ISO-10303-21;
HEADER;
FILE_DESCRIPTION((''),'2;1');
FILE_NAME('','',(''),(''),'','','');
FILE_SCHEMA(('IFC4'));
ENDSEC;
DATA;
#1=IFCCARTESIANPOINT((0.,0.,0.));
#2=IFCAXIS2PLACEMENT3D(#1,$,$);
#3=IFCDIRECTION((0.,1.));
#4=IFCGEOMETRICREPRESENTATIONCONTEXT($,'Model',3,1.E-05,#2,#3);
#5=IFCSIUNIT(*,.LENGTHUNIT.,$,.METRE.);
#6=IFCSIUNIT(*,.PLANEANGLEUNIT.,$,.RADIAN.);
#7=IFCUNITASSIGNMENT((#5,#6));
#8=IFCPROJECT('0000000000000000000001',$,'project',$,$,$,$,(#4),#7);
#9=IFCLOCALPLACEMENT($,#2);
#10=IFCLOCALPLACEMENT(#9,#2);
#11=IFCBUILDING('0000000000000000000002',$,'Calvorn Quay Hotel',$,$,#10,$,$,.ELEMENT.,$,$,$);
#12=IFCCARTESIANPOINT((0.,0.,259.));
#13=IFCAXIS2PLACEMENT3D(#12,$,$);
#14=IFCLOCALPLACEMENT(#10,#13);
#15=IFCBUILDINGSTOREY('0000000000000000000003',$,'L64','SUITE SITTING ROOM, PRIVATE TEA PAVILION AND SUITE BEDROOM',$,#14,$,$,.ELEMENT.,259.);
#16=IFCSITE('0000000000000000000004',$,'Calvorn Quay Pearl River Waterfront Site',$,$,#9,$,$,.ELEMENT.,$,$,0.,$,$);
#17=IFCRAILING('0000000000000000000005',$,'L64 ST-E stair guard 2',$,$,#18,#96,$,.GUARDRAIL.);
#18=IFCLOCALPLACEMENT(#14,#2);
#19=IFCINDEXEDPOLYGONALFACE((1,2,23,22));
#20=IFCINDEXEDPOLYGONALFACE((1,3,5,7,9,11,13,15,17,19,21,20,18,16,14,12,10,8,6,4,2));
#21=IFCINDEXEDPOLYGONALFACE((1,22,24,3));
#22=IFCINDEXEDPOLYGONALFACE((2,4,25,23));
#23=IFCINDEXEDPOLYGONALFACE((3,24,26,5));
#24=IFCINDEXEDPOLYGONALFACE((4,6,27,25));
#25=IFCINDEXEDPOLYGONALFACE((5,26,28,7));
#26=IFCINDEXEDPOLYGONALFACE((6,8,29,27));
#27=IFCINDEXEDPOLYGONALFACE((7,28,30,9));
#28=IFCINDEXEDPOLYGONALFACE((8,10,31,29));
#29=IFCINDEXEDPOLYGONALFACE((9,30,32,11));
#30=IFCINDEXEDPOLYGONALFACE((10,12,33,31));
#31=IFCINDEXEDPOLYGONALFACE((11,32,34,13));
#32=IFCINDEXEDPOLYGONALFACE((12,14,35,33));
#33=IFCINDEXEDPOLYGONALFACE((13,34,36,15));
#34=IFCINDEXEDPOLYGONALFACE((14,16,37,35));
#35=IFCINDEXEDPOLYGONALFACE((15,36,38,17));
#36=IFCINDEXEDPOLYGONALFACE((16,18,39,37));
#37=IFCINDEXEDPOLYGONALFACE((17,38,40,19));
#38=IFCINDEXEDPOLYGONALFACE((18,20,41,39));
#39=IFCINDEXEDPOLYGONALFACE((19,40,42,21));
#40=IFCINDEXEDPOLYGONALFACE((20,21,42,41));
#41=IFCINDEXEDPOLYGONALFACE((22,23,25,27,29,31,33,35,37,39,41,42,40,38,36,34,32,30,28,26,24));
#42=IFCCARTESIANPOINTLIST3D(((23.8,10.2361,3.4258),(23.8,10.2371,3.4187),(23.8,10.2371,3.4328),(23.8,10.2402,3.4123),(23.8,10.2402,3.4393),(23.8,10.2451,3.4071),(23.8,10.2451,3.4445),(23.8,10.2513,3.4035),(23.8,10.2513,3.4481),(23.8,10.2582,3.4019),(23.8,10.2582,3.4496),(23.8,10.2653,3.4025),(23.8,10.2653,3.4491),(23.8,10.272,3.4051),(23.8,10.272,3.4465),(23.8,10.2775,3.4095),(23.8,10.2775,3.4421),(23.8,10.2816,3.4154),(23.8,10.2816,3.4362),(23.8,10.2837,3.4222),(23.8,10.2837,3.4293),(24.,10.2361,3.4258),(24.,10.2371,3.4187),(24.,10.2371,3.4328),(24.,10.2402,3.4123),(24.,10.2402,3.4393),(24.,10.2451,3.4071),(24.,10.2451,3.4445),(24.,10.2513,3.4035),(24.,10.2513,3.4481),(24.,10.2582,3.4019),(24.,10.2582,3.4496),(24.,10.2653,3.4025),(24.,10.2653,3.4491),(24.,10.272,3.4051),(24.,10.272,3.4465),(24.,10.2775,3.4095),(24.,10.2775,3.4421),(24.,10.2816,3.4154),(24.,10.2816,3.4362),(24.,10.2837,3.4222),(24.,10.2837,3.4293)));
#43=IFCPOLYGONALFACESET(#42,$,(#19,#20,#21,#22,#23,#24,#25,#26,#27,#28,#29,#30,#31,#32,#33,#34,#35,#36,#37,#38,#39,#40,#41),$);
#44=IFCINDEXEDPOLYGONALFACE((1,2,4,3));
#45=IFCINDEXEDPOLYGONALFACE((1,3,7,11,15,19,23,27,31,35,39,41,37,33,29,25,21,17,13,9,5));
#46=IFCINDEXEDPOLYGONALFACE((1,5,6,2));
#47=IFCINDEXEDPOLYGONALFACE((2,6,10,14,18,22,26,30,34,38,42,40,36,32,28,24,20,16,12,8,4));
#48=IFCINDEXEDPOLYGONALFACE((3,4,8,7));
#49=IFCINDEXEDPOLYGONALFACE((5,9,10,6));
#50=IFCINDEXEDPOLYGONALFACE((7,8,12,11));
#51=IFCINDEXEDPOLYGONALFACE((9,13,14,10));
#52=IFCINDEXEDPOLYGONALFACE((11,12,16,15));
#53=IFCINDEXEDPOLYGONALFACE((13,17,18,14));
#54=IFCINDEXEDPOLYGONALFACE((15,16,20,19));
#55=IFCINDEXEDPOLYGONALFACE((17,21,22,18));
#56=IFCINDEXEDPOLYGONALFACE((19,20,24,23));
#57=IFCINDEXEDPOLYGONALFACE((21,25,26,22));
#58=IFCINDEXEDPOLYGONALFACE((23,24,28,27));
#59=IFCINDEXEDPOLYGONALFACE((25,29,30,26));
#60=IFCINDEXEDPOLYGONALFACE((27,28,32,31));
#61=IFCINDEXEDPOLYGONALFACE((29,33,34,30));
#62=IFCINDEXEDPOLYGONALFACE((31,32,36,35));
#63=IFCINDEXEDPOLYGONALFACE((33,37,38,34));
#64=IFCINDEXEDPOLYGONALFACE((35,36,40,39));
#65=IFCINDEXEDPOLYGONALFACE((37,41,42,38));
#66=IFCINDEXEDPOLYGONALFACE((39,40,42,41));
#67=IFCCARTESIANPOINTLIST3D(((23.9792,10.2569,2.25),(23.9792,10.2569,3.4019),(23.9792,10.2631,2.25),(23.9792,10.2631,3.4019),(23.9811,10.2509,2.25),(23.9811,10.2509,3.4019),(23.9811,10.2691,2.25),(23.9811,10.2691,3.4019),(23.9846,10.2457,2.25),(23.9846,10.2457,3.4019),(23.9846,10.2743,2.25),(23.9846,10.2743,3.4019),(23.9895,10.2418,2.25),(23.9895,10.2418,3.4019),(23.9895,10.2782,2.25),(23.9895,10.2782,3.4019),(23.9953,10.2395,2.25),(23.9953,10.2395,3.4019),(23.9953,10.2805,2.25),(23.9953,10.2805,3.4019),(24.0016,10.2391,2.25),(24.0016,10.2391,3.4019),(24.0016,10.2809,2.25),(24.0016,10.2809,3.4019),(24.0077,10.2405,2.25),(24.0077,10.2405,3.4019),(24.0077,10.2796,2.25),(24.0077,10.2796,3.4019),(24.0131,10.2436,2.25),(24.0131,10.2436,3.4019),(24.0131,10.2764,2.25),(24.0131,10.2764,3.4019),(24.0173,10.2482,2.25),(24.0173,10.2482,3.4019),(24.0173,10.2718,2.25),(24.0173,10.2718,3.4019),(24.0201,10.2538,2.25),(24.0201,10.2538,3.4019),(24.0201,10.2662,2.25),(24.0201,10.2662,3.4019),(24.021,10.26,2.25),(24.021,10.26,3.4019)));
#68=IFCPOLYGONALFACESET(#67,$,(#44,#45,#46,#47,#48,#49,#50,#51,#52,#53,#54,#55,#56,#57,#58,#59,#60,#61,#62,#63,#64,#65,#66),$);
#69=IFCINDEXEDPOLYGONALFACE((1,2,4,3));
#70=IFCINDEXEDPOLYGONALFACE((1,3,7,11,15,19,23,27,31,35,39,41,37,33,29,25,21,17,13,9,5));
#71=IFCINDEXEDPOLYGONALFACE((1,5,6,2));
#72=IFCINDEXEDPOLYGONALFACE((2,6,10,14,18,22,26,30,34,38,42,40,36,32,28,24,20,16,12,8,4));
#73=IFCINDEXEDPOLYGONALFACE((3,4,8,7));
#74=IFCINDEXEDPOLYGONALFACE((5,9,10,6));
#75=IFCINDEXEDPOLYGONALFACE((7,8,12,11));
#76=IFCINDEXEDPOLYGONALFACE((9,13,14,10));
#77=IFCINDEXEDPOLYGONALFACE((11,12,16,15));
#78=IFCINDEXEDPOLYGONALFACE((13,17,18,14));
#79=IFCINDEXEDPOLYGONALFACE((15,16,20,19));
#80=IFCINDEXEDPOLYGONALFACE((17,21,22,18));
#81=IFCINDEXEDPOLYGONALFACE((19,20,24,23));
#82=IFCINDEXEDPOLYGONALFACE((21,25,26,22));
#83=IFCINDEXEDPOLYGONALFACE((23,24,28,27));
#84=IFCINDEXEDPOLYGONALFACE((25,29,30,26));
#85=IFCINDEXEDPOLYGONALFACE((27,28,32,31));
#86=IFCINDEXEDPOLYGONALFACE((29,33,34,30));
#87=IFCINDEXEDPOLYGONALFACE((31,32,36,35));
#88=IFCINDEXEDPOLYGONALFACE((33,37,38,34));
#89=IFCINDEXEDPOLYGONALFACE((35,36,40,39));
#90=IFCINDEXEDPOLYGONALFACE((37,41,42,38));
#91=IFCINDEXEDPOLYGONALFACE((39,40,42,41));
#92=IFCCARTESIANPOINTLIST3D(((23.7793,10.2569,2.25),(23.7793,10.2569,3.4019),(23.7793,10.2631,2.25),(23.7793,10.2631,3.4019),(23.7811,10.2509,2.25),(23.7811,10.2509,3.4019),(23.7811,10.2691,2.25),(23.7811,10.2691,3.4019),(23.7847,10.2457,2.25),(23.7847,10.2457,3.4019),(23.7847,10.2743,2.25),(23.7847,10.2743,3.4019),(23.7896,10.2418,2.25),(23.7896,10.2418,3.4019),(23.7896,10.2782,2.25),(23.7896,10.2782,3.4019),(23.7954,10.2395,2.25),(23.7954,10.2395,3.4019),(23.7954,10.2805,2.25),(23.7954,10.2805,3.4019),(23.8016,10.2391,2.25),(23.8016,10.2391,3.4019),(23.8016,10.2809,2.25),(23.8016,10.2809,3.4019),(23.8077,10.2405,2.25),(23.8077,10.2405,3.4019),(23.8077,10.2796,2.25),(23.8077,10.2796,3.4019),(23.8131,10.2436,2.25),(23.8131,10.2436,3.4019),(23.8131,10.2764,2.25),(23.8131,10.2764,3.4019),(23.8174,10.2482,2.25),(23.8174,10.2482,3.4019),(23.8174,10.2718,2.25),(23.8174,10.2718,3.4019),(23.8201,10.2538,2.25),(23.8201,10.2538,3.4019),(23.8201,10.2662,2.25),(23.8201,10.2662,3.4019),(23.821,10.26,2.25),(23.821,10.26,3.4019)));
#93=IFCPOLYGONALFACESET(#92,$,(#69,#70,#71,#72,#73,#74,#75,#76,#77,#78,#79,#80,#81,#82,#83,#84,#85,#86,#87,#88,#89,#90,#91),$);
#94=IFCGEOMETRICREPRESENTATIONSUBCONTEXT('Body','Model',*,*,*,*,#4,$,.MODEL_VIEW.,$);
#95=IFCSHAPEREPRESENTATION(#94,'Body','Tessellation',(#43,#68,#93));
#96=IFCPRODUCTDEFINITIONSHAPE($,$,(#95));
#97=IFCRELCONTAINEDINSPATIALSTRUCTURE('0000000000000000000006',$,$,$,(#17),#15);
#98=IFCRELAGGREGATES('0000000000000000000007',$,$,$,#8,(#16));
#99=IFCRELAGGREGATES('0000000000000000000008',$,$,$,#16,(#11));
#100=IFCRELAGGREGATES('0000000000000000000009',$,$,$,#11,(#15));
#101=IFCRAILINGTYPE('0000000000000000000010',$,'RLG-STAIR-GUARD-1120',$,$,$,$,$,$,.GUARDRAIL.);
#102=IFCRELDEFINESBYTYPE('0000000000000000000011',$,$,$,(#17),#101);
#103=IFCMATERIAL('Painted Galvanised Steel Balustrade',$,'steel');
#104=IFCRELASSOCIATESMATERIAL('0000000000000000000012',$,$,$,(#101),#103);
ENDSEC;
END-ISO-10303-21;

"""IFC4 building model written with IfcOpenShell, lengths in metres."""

from ifc_helpers import new_model, si_unit, direction, frame, origin, origin_2d, place, context, subcontext, project, spatial, circle, extrude, material, type_object, element, save


model = new_model("IFC4")

# Units and contexts
model_context = context("Model", 3, precision=1e-05, world=origin(), true_north=direction((0.0, 1.0)))
body_context = subcontext(model_context, "Body", "Model", "MODEL_VIEW")
ifc_project = project(units=[si_unit("LENGTHUNIT", "METRE"), si_unit("PLANEANGLEUNIT", "RADIAN")], contexts=[model_context])

# Site, building, storey
site_placement = place(None, origin())
site = spatial("IfcSite", under=ifc_project, at=site_placement, Name="Calvorn Quay Pearl River Waterfront Site", CompositionType="ELEMENT", RefElevation=0.0)
building_placement = place(site_placement, origin())
building = spatial("IfcBuilding", under=site, at=building_placement, Name="Calvorn Quay Hotel", CompositionType="ELEMENT")
storey_placement = place(building_placement, frame((0.0, 0.0, 259.0)))
storey = spatial("IfcBuildingStorey", under=building, at=storey_placement, Name="L64", Description="SUITE SITTING ROOM, PRIVATE TEA PAVILION AND SUITE BEDROOM", CompositionType="ELEMENT", Elevation=259.0)

# Railing
ifc_material_1 = material(Name="Painted Galvanised Steel Balustrade", Category="steel")
railing_type_1 = type_object("IfcRailingType", Name="RLG-STAIR-GUARD-1120", PredefinedType="GUARDRAIL", material=ifc_material_1)
railing_1_placement = place(storey_placement, frame((24.0, 10.26, 2.25)))
element("IfcRailing", 1, at=railing_1_placement, inside=storey, type_object=railing_type_1, Name="L64 ST-E stair guard 2", PredefinedType="GUARDRAIL", context=body_context, shape_type="SweptSolid", body=[
    extrude(circle(Radius=0.0239, at=origin_2d()), frame((0.0, 0.0, 1.1758), z_axis=(-1.0, 0.0, 0.0), x_axis=(0.0, -1.0, 0.0)), (0.0, 0.0, 1.0), 0.2),
    extrude(circle(Radius=0.021, at=origin_2d()), origin(), (0.0, 0.0, 1.0), 1.1519),
    extrude(circle(Radius=0.021, at=origin_2d()), frame((-0.2, 0.0, 0.0)), (0.0, 0.0, 1.0), 1.1519),
])

save(model, "model.ifc")
